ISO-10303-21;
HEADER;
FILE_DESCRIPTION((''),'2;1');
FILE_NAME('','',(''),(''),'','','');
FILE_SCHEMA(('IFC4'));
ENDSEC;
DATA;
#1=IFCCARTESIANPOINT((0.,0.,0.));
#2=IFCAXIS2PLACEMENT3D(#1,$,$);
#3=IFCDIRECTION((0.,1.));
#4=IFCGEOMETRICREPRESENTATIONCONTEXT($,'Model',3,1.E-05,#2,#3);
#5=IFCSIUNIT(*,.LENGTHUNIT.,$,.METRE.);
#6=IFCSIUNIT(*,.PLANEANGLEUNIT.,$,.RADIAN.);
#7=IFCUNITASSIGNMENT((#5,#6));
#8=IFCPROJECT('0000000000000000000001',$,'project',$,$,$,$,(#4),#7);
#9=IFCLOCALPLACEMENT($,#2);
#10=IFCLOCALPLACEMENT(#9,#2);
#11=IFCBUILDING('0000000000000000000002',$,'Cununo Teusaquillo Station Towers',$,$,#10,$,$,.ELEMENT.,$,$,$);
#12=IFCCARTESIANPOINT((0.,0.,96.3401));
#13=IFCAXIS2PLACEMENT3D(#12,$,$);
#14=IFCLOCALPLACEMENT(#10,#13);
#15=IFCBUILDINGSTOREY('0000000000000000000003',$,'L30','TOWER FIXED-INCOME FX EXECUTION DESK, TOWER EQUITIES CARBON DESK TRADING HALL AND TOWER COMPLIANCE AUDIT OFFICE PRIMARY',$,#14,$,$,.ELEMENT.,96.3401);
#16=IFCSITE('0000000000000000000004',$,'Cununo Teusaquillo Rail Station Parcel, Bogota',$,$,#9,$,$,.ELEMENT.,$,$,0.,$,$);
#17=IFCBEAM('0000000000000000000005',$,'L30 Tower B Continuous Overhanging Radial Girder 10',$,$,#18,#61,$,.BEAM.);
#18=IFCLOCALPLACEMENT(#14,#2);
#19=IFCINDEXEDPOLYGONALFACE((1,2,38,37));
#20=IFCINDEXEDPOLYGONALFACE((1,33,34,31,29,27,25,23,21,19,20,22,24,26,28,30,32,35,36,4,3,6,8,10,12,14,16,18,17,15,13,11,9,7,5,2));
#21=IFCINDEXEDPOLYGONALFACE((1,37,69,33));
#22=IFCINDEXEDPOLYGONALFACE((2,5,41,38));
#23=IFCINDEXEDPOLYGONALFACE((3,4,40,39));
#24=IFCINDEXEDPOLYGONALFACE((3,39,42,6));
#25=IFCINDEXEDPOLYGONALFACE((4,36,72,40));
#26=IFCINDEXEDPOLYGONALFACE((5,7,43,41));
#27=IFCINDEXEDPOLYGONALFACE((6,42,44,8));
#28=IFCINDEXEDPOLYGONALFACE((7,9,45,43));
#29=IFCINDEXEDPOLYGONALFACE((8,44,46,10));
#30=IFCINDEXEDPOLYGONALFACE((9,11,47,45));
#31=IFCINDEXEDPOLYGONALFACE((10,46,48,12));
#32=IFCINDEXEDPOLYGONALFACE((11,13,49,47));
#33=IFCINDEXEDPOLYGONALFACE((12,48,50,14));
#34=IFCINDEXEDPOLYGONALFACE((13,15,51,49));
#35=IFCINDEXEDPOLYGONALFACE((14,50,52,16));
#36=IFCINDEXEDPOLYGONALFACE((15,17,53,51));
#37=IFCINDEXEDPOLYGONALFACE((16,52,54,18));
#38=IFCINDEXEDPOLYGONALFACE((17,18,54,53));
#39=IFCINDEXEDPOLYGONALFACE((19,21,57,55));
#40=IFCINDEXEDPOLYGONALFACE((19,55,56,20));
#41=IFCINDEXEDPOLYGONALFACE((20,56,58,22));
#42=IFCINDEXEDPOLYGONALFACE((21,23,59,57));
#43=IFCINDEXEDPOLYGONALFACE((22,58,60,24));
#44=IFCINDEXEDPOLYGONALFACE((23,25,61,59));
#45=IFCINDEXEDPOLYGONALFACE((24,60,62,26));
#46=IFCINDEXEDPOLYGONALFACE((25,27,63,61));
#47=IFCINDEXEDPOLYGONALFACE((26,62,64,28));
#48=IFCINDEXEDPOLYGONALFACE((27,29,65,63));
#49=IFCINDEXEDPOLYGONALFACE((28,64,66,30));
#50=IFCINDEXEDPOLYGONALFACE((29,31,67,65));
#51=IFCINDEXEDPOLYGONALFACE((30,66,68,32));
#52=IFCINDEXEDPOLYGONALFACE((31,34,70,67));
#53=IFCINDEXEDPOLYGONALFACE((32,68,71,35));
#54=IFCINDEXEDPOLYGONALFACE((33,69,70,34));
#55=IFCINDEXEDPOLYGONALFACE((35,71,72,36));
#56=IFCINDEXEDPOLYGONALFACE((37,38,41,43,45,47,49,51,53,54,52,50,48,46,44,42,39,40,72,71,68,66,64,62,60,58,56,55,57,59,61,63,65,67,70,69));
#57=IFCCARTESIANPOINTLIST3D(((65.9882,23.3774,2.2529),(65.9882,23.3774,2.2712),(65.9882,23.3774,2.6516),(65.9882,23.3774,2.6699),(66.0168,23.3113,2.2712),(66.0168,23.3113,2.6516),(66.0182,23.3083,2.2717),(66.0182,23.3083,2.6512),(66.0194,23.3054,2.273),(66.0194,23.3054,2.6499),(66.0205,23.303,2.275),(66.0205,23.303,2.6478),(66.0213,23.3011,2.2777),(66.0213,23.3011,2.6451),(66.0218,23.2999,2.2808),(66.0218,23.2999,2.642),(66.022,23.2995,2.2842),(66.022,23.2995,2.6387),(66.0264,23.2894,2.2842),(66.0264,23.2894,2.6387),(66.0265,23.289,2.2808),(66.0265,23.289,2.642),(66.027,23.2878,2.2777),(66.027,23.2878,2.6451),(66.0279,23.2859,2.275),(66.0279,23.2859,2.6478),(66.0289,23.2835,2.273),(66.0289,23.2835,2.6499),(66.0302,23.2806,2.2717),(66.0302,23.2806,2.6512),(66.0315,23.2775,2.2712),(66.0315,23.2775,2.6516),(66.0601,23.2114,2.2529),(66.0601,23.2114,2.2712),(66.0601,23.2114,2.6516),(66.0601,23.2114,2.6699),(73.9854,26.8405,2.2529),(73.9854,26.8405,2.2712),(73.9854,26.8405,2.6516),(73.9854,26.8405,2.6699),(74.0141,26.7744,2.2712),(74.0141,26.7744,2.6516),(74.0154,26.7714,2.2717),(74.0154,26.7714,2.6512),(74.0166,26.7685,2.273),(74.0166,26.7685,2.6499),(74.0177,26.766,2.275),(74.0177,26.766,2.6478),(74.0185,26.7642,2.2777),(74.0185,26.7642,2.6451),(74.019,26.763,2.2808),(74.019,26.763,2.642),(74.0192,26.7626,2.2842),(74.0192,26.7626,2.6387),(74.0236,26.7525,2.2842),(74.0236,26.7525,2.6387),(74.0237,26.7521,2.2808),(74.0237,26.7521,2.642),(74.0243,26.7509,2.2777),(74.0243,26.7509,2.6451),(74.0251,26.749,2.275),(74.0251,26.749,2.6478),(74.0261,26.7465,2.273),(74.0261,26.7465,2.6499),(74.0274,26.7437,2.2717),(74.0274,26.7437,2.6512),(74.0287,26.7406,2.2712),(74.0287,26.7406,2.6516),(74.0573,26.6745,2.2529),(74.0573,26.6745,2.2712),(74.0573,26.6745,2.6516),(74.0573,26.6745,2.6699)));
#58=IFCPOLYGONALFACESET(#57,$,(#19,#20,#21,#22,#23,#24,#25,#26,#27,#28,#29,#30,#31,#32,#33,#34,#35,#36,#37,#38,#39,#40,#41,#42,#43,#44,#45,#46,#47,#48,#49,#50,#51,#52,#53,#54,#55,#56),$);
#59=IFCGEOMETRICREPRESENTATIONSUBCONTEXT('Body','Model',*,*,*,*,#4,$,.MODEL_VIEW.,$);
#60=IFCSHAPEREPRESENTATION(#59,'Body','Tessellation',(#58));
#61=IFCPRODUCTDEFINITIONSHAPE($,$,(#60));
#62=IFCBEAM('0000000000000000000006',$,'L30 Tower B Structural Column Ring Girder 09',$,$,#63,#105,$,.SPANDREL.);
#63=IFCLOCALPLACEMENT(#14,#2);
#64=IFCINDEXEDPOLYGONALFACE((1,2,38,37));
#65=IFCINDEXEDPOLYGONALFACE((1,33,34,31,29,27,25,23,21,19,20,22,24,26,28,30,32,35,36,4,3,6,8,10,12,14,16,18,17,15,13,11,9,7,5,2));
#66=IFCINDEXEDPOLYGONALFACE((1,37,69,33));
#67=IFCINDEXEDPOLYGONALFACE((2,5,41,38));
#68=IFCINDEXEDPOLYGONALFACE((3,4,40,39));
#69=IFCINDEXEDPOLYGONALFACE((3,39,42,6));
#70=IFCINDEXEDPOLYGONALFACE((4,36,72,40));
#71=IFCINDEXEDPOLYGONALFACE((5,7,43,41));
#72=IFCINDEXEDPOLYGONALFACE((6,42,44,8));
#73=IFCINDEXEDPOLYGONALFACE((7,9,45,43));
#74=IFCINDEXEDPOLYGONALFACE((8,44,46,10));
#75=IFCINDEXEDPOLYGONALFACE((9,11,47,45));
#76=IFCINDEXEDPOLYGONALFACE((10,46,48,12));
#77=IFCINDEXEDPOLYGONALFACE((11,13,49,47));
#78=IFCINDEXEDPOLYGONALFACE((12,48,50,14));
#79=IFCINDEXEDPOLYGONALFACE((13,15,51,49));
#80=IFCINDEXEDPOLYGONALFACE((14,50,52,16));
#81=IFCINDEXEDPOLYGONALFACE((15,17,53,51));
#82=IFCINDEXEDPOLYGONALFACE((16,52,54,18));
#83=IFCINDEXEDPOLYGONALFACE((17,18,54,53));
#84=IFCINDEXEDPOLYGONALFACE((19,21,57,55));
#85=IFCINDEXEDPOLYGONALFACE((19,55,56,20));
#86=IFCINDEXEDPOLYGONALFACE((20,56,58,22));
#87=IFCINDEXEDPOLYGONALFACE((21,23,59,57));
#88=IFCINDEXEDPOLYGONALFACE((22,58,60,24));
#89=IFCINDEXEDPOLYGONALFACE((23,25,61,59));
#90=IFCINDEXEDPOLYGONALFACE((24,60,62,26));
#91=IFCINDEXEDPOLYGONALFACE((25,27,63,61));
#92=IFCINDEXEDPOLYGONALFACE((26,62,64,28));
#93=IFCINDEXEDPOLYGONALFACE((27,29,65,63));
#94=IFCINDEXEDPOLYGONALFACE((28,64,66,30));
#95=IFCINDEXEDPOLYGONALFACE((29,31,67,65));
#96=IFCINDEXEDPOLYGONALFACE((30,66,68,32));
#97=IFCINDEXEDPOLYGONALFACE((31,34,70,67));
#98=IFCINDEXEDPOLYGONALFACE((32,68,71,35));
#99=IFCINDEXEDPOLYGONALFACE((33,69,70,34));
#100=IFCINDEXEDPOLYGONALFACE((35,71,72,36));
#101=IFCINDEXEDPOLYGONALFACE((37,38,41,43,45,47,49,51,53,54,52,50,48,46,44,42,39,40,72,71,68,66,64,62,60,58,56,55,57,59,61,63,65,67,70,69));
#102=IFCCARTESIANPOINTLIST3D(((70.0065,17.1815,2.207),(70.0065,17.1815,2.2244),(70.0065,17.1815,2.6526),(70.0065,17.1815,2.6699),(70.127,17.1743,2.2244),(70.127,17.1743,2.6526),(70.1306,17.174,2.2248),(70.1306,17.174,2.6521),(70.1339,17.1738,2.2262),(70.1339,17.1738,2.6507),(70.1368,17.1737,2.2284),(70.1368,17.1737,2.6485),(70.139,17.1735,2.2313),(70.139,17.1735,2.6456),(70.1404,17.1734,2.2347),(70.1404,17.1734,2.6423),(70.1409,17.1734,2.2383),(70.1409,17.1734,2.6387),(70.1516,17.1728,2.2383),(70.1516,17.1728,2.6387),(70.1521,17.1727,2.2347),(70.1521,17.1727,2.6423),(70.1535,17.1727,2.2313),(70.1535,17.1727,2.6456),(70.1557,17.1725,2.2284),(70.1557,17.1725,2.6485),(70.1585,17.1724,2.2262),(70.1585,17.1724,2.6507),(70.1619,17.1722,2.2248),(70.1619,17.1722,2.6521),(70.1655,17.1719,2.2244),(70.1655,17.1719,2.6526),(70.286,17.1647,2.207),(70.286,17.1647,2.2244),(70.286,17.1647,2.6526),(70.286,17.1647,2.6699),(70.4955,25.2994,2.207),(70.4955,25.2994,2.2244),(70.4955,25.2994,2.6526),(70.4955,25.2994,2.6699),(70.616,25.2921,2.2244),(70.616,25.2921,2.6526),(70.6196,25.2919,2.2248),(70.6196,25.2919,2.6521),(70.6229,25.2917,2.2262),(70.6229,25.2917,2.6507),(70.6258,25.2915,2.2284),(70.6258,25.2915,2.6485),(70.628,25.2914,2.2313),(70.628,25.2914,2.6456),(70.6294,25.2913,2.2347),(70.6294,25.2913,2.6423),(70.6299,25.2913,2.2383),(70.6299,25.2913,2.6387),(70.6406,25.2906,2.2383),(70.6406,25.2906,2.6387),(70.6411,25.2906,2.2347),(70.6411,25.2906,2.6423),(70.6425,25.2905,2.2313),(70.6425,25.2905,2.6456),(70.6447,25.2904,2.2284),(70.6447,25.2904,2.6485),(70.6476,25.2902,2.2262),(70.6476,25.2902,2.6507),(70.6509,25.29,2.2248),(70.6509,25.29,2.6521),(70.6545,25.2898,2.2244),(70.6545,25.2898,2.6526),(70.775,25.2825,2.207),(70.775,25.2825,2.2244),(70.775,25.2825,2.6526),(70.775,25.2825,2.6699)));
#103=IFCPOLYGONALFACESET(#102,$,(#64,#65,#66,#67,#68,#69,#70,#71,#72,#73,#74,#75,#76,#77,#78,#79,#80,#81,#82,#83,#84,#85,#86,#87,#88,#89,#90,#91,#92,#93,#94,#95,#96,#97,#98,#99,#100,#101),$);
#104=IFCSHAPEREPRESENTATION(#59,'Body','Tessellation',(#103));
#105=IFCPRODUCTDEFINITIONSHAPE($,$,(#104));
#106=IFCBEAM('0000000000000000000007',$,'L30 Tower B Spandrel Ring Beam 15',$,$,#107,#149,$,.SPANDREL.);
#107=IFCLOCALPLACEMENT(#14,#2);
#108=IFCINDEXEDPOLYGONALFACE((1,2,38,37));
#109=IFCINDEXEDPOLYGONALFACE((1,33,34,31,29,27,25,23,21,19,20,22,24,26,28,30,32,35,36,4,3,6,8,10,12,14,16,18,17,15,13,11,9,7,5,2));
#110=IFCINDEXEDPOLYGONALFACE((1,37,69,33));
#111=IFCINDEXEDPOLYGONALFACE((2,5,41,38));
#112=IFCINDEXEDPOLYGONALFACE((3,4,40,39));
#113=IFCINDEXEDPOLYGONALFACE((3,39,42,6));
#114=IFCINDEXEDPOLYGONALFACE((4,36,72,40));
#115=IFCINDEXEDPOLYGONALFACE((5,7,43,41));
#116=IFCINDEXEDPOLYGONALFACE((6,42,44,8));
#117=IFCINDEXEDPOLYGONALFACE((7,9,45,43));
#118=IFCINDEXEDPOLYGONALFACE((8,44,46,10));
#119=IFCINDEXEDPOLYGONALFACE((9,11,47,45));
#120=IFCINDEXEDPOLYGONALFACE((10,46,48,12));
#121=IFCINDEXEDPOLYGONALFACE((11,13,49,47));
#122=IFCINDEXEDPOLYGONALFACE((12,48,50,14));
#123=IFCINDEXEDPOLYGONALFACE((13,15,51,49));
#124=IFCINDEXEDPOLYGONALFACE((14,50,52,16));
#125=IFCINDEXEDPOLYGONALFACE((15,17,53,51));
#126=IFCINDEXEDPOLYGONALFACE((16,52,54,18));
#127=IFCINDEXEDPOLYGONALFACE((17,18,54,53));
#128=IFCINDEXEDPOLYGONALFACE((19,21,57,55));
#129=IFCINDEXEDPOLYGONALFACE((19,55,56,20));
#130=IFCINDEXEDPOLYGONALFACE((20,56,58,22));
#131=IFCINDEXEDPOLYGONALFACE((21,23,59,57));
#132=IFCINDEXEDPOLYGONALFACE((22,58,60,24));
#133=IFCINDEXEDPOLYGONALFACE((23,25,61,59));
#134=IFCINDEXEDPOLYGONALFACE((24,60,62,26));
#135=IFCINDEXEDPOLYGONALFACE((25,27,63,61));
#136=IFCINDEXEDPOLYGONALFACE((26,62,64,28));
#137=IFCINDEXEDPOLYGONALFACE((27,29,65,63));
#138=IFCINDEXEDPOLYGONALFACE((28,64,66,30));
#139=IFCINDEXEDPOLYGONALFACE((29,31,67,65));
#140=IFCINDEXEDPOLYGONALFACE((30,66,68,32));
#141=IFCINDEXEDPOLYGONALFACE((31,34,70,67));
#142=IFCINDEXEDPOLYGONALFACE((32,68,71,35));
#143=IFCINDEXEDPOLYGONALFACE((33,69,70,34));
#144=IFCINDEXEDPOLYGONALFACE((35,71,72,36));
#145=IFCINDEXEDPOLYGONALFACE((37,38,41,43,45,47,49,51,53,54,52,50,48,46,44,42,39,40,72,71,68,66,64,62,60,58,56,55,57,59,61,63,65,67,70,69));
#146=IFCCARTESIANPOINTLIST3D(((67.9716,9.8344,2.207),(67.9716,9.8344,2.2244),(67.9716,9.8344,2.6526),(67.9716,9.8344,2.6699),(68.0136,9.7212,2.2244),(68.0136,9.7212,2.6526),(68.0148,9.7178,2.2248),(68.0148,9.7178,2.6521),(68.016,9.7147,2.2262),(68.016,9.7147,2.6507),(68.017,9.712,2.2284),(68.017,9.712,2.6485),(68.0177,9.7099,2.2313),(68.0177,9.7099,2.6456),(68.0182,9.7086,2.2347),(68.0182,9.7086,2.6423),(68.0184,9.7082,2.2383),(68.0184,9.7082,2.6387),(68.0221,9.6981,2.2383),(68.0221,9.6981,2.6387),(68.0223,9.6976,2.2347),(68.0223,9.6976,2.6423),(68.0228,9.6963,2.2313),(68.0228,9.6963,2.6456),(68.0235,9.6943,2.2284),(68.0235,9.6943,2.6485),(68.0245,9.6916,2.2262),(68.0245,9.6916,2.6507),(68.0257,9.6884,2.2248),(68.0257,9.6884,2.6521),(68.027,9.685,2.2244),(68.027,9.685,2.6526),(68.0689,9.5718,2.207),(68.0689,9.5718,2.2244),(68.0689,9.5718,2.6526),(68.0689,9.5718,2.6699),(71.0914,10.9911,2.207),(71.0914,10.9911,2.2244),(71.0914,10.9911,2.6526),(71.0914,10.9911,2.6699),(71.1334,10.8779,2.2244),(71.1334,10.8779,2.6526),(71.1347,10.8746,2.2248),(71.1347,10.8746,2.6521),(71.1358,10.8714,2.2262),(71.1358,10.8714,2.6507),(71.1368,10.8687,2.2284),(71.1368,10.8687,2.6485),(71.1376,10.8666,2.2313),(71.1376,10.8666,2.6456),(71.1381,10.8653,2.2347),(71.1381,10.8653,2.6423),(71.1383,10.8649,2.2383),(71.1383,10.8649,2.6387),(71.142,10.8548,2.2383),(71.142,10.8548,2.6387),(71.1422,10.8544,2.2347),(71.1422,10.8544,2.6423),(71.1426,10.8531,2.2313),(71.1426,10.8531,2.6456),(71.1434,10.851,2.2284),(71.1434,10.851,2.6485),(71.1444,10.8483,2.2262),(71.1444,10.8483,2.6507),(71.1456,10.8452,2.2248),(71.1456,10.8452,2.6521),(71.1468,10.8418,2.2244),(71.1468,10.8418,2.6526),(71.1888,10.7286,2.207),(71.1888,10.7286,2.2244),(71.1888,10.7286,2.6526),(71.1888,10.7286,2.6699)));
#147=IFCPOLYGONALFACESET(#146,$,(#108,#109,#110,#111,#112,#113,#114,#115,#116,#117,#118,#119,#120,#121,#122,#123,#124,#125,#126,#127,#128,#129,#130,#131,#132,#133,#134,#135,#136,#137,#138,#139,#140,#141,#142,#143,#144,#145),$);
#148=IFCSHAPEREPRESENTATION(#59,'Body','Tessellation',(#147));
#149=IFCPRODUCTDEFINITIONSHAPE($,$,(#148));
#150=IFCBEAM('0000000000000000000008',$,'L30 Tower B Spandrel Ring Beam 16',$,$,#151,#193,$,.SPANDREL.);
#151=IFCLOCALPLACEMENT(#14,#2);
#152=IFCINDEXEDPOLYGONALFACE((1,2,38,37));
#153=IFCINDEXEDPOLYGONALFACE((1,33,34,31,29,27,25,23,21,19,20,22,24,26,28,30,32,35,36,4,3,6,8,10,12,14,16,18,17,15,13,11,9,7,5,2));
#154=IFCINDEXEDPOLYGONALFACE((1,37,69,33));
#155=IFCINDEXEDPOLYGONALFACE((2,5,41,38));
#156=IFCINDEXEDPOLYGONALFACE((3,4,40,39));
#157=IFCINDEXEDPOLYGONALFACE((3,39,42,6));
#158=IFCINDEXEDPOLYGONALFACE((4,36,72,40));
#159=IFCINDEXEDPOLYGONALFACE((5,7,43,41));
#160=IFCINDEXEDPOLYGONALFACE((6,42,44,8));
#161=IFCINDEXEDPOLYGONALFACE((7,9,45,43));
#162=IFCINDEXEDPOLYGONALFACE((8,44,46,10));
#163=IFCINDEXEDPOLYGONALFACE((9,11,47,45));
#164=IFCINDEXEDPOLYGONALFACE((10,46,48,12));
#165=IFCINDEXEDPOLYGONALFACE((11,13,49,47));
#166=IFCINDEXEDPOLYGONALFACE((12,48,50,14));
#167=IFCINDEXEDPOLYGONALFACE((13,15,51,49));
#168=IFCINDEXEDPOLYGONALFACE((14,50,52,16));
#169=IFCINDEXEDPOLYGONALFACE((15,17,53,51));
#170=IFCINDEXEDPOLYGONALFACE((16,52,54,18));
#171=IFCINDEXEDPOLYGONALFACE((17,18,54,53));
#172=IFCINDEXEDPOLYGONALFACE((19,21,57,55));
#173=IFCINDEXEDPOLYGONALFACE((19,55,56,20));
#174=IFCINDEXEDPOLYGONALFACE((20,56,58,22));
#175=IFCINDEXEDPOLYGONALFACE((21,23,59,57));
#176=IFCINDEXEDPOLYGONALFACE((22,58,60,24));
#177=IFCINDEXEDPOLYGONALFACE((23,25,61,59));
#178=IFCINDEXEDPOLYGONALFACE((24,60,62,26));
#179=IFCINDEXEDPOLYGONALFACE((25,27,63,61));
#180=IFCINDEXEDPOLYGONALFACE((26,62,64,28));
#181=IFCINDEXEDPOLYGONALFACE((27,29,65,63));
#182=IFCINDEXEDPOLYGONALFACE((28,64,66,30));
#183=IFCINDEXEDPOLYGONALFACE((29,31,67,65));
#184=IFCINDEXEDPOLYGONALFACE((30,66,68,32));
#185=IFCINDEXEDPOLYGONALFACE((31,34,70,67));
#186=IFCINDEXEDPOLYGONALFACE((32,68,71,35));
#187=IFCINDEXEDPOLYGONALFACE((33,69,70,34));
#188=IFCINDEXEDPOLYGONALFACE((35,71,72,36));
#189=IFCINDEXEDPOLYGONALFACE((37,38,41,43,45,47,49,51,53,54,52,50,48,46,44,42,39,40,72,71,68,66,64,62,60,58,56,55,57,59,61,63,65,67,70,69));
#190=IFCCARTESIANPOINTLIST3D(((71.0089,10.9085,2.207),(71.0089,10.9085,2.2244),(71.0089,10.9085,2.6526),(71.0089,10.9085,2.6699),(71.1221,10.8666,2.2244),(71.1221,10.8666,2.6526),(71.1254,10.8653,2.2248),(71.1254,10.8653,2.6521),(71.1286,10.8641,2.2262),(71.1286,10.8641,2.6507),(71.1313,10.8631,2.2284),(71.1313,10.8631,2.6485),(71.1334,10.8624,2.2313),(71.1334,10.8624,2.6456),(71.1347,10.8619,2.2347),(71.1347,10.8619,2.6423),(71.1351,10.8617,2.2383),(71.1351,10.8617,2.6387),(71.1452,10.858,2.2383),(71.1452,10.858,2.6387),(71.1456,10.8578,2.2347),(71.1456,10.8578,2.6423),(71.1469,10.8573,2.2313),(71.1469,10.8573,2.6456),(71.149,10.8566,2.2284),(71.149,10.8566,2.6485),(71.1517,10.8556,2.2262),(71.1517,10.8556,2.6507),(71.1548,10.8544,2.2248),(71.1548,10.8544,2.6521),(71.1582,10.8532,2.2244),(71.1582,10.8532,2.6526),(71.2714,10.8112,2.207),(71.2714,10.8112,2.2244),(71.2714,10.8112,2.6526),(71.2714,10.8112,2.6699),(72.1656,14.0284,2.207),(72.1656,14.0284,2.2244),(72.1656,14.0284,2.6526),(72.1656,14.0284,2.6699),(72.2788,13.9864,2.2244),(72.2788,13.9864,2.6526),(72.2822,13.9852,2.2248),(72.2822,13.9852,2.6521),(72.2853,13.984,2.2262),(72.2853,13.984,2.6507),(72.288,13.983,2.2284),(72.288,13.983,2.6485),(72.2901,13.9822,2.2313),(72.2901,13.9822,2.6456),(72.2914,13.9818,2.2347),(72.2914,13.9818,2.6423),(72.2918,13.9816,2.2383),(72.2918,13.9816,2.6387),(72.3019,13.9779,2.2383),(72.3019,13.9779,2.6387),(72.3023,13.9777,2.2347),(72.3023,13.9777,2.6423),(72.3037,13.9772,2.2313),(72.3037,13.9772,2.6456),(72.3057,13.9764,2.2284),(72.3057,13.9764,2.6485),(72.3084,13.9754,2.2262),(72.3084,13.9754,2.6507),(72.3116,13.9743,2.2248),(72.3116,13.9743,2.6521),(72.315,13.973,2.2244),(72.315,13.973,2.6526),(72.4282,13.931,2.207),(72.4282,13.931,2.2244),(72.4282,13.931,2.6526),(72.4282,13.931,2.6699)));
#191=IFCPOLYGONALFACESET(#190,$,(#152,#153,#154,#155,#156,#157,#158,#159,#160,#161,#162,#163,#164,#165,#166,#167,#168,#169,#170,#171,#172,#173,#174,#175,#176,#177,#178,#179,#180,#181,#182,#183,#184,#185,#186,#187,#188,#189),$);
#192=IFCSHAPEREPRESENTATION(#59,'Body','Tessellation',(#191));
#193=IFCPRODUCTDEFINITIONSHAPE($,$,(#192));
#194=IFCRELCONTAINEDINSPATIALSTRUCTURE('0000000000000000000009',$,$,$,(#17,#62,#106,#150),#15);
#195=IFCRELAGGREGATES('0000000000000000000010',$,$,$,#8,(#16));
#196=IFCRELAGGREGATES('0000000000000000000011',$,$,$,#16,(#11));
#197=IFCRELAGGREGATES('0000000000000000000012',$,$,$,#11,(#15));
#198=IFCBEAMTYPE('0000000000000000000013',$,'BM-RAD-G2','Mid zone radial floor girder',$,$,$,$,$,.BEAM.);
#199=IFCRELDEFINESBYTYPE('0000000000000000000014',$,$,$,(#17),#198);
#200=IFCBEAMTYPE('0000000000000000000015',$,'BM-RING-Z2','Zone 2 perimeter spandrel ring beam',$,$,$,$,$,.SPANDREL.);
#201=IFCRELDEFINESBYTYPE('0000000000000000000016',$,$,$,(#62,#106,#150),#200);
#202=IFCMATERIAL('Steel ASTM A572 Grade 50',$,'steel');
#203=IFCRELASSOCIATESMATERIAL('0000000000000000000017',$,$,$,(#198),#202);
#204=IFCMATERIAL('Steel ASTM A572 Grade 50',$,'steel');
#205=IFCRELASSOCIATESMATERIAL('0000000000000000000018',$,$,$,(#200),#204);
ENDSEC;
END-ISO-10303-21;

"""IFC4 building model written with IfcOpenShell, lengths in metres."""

from ifc_helpers import new_model, si_unit, direction, frame, origin, origin_2d, place, context, subcontext, project, spatial, i_section, extrude, material, material_profile, profile_set, type_object, element, save


model = new_model("IFC4")

# Units and contexts
model_context = context("Model", 3, precision=1e-05, world=origin(), true_north=direction((0.0, 1.0)))
body_context = subcontext(model_context, "Body", "Model", "MODEL_VIEW")
ifc_project = project(units=[si_unit("LENGTHUNIT", "METRE"), si_unit("PLANEANGLEUNIT", "RADIAN")], contexts=[model_context])

# Site, building, storey
site_placement = place(None, origin())
site = spatial("IfcSite", under=ifc_project, at=site_placement, Name="Cununo Teusaquillo Rail Station Parcel, Bogota", CompositionType="ELEMENT", RefElevation=0.0)
building_placement = place(site_placement, origin())
building = spatial("IfcBuilding", under=site, at=building_placement, Name="Cununo Teusaquillo Station Towers", CompositionType="ELEMENT")
storey_placement = place(building_placement, frame((0.0, 0.0, 96.3401)))
storey = spatial("IfcBuildingStorey", under=building, at=storey_placement, Name="L30", Description="TOWER FIXED-INCOME FX EXECUTION DESK, TOWER EQUITIES CARBON DESK TRADING HALL AND TOWER COMPLIANCE AUDIT OFFICE PRIMARY", CompositionType="ELEMENT", Elevation=96.3401)

# Beams
ifc_material_1 = material(Name="Steel ASTM A572 Grade 50", Category="steel")
ifc_material_profile_1 = material_profile(ifc_material_1, i_section(OverallWidth=0.1809, OverallDepth=0.417, WebThickness=0.011, FlangeThickness=0.0183, FilletRadius=0.0129, at=origin_2d()), Name="W16X57")
ifc_profile_set_1 = profile_set([ifc_material_profile_1], Name="Steel ASTM A572 Grade 50")
beam_type_1 = type_object("IfcBeamType", Name="BM-RAD-G2", Description="Mid zone radial floor girder", PredefinedType="BEAM", material=ifc_profile_set_1)
beam_1_placement = place(storey_placement, frame((66.0242, 23.2944, 2.4614), z_axis=(0.917655, 0.397379, 0.0), x_axis=(-0.397379, 0.917655, 0.0)))
element("IfcBeam", 1, at=beam_1_placement, inside=storey, type_object=beam_type_1, Name="L30 Tower B Continuous Overhanging Radial Girder 10", PredefinedType="BEAM", context=body_context, shape_type="SweptSolid", body=[
    extrude(i_section(OverallWidth=0.1809, OverallDepth=0.417, WebThickness=0.011, FlangeThickness=0.0183, FilletRadius=0.0129, at=origin_2d()), origin(), (0.0, 0.0, 1.0), 8.7148),
])
ifc_material_2 = material(Name="Steel ASTM A572 Grade 50", Category="steel")
ifc_material_profile_2 = material_profile(ifc_material_2, i_section(OverallWidth=0.28, OverallDepth=0.4629, WebThickness=0.0107, FlangeThickness=0.0173, FilletRadius=0.0139, at=origin_2d()), Name="W18X76")
ifc_profile_set_2 = profile_set([ifc_material_profile_2], Name="Steel ASTM A572 Grade 50")
beam_type_2 = type_object("IfcBeamType", Name="BM-RING-Z2", Description="Zone 2 perimeter spandrel ring beam", PredefinedType="SPANDREL", material=ifc_profile_set_2)
beam_2_placement = place(storey_placement, frame((70.1462, 17.1731, 2.4385), z_axis=(0.06013, 0.998191, 0.0), x_axis=(-0.998191, 0.06013, 0.0)))
element("IfcBeam", 2, at=beam_2_placement, inside=storey, type_object=beam_type_2, Name="L30 Tower B Structural Column Ring Girder 09", PredefinedType="SPANDREL", context=body_context, shape_type="SweptSolid", body=[
    extrude(i_section(OverallWidth=0.28, OverallDepth=0.4629, WebThickness=0.0107, FlangeThickness=0.0173, FilletRadius=0.0139, at=origin_2d()), origin(), (0.0, 0.0, 1.0), 8.1326),
])
for number, where, z_axis, x_axis, name in (
    (3, (68.0203, 9.7031, 2.4385), (0.937628, 0.347639, 0.0), (-0.347639, 0.937628, 0.0), "L30 Tower B Spandrel Ring Beam 15"),
    (4, (71.1401, 10.8599, 2.4385), (0.347639, 0.937628, 0.0), (-0.937628, 0.347639, 0.0), "L30 Tower B Spandrel Ring Beam 16"),
):
    element("IfcBeam", number, at=place(storey_placement, frame(where, z_axis=z_axis, x_axis=x_axis)), inside=storey, type_object=beam_type_2, Name=name, PredefinedType="SPANDREL", context=body_context, shape_type="SweptSolid", body=[
        extrude(i_section(OverallWidth=0.28, OverallDepth=0.4629, WebThickness=0.0107, FlangeThickness=0.0173, FilletRadius=0.0139, at=origin_2d()), origin(), (0.0, 0.0, 1.0), 3.3274),
    ])

save(model, "model.ifc")
